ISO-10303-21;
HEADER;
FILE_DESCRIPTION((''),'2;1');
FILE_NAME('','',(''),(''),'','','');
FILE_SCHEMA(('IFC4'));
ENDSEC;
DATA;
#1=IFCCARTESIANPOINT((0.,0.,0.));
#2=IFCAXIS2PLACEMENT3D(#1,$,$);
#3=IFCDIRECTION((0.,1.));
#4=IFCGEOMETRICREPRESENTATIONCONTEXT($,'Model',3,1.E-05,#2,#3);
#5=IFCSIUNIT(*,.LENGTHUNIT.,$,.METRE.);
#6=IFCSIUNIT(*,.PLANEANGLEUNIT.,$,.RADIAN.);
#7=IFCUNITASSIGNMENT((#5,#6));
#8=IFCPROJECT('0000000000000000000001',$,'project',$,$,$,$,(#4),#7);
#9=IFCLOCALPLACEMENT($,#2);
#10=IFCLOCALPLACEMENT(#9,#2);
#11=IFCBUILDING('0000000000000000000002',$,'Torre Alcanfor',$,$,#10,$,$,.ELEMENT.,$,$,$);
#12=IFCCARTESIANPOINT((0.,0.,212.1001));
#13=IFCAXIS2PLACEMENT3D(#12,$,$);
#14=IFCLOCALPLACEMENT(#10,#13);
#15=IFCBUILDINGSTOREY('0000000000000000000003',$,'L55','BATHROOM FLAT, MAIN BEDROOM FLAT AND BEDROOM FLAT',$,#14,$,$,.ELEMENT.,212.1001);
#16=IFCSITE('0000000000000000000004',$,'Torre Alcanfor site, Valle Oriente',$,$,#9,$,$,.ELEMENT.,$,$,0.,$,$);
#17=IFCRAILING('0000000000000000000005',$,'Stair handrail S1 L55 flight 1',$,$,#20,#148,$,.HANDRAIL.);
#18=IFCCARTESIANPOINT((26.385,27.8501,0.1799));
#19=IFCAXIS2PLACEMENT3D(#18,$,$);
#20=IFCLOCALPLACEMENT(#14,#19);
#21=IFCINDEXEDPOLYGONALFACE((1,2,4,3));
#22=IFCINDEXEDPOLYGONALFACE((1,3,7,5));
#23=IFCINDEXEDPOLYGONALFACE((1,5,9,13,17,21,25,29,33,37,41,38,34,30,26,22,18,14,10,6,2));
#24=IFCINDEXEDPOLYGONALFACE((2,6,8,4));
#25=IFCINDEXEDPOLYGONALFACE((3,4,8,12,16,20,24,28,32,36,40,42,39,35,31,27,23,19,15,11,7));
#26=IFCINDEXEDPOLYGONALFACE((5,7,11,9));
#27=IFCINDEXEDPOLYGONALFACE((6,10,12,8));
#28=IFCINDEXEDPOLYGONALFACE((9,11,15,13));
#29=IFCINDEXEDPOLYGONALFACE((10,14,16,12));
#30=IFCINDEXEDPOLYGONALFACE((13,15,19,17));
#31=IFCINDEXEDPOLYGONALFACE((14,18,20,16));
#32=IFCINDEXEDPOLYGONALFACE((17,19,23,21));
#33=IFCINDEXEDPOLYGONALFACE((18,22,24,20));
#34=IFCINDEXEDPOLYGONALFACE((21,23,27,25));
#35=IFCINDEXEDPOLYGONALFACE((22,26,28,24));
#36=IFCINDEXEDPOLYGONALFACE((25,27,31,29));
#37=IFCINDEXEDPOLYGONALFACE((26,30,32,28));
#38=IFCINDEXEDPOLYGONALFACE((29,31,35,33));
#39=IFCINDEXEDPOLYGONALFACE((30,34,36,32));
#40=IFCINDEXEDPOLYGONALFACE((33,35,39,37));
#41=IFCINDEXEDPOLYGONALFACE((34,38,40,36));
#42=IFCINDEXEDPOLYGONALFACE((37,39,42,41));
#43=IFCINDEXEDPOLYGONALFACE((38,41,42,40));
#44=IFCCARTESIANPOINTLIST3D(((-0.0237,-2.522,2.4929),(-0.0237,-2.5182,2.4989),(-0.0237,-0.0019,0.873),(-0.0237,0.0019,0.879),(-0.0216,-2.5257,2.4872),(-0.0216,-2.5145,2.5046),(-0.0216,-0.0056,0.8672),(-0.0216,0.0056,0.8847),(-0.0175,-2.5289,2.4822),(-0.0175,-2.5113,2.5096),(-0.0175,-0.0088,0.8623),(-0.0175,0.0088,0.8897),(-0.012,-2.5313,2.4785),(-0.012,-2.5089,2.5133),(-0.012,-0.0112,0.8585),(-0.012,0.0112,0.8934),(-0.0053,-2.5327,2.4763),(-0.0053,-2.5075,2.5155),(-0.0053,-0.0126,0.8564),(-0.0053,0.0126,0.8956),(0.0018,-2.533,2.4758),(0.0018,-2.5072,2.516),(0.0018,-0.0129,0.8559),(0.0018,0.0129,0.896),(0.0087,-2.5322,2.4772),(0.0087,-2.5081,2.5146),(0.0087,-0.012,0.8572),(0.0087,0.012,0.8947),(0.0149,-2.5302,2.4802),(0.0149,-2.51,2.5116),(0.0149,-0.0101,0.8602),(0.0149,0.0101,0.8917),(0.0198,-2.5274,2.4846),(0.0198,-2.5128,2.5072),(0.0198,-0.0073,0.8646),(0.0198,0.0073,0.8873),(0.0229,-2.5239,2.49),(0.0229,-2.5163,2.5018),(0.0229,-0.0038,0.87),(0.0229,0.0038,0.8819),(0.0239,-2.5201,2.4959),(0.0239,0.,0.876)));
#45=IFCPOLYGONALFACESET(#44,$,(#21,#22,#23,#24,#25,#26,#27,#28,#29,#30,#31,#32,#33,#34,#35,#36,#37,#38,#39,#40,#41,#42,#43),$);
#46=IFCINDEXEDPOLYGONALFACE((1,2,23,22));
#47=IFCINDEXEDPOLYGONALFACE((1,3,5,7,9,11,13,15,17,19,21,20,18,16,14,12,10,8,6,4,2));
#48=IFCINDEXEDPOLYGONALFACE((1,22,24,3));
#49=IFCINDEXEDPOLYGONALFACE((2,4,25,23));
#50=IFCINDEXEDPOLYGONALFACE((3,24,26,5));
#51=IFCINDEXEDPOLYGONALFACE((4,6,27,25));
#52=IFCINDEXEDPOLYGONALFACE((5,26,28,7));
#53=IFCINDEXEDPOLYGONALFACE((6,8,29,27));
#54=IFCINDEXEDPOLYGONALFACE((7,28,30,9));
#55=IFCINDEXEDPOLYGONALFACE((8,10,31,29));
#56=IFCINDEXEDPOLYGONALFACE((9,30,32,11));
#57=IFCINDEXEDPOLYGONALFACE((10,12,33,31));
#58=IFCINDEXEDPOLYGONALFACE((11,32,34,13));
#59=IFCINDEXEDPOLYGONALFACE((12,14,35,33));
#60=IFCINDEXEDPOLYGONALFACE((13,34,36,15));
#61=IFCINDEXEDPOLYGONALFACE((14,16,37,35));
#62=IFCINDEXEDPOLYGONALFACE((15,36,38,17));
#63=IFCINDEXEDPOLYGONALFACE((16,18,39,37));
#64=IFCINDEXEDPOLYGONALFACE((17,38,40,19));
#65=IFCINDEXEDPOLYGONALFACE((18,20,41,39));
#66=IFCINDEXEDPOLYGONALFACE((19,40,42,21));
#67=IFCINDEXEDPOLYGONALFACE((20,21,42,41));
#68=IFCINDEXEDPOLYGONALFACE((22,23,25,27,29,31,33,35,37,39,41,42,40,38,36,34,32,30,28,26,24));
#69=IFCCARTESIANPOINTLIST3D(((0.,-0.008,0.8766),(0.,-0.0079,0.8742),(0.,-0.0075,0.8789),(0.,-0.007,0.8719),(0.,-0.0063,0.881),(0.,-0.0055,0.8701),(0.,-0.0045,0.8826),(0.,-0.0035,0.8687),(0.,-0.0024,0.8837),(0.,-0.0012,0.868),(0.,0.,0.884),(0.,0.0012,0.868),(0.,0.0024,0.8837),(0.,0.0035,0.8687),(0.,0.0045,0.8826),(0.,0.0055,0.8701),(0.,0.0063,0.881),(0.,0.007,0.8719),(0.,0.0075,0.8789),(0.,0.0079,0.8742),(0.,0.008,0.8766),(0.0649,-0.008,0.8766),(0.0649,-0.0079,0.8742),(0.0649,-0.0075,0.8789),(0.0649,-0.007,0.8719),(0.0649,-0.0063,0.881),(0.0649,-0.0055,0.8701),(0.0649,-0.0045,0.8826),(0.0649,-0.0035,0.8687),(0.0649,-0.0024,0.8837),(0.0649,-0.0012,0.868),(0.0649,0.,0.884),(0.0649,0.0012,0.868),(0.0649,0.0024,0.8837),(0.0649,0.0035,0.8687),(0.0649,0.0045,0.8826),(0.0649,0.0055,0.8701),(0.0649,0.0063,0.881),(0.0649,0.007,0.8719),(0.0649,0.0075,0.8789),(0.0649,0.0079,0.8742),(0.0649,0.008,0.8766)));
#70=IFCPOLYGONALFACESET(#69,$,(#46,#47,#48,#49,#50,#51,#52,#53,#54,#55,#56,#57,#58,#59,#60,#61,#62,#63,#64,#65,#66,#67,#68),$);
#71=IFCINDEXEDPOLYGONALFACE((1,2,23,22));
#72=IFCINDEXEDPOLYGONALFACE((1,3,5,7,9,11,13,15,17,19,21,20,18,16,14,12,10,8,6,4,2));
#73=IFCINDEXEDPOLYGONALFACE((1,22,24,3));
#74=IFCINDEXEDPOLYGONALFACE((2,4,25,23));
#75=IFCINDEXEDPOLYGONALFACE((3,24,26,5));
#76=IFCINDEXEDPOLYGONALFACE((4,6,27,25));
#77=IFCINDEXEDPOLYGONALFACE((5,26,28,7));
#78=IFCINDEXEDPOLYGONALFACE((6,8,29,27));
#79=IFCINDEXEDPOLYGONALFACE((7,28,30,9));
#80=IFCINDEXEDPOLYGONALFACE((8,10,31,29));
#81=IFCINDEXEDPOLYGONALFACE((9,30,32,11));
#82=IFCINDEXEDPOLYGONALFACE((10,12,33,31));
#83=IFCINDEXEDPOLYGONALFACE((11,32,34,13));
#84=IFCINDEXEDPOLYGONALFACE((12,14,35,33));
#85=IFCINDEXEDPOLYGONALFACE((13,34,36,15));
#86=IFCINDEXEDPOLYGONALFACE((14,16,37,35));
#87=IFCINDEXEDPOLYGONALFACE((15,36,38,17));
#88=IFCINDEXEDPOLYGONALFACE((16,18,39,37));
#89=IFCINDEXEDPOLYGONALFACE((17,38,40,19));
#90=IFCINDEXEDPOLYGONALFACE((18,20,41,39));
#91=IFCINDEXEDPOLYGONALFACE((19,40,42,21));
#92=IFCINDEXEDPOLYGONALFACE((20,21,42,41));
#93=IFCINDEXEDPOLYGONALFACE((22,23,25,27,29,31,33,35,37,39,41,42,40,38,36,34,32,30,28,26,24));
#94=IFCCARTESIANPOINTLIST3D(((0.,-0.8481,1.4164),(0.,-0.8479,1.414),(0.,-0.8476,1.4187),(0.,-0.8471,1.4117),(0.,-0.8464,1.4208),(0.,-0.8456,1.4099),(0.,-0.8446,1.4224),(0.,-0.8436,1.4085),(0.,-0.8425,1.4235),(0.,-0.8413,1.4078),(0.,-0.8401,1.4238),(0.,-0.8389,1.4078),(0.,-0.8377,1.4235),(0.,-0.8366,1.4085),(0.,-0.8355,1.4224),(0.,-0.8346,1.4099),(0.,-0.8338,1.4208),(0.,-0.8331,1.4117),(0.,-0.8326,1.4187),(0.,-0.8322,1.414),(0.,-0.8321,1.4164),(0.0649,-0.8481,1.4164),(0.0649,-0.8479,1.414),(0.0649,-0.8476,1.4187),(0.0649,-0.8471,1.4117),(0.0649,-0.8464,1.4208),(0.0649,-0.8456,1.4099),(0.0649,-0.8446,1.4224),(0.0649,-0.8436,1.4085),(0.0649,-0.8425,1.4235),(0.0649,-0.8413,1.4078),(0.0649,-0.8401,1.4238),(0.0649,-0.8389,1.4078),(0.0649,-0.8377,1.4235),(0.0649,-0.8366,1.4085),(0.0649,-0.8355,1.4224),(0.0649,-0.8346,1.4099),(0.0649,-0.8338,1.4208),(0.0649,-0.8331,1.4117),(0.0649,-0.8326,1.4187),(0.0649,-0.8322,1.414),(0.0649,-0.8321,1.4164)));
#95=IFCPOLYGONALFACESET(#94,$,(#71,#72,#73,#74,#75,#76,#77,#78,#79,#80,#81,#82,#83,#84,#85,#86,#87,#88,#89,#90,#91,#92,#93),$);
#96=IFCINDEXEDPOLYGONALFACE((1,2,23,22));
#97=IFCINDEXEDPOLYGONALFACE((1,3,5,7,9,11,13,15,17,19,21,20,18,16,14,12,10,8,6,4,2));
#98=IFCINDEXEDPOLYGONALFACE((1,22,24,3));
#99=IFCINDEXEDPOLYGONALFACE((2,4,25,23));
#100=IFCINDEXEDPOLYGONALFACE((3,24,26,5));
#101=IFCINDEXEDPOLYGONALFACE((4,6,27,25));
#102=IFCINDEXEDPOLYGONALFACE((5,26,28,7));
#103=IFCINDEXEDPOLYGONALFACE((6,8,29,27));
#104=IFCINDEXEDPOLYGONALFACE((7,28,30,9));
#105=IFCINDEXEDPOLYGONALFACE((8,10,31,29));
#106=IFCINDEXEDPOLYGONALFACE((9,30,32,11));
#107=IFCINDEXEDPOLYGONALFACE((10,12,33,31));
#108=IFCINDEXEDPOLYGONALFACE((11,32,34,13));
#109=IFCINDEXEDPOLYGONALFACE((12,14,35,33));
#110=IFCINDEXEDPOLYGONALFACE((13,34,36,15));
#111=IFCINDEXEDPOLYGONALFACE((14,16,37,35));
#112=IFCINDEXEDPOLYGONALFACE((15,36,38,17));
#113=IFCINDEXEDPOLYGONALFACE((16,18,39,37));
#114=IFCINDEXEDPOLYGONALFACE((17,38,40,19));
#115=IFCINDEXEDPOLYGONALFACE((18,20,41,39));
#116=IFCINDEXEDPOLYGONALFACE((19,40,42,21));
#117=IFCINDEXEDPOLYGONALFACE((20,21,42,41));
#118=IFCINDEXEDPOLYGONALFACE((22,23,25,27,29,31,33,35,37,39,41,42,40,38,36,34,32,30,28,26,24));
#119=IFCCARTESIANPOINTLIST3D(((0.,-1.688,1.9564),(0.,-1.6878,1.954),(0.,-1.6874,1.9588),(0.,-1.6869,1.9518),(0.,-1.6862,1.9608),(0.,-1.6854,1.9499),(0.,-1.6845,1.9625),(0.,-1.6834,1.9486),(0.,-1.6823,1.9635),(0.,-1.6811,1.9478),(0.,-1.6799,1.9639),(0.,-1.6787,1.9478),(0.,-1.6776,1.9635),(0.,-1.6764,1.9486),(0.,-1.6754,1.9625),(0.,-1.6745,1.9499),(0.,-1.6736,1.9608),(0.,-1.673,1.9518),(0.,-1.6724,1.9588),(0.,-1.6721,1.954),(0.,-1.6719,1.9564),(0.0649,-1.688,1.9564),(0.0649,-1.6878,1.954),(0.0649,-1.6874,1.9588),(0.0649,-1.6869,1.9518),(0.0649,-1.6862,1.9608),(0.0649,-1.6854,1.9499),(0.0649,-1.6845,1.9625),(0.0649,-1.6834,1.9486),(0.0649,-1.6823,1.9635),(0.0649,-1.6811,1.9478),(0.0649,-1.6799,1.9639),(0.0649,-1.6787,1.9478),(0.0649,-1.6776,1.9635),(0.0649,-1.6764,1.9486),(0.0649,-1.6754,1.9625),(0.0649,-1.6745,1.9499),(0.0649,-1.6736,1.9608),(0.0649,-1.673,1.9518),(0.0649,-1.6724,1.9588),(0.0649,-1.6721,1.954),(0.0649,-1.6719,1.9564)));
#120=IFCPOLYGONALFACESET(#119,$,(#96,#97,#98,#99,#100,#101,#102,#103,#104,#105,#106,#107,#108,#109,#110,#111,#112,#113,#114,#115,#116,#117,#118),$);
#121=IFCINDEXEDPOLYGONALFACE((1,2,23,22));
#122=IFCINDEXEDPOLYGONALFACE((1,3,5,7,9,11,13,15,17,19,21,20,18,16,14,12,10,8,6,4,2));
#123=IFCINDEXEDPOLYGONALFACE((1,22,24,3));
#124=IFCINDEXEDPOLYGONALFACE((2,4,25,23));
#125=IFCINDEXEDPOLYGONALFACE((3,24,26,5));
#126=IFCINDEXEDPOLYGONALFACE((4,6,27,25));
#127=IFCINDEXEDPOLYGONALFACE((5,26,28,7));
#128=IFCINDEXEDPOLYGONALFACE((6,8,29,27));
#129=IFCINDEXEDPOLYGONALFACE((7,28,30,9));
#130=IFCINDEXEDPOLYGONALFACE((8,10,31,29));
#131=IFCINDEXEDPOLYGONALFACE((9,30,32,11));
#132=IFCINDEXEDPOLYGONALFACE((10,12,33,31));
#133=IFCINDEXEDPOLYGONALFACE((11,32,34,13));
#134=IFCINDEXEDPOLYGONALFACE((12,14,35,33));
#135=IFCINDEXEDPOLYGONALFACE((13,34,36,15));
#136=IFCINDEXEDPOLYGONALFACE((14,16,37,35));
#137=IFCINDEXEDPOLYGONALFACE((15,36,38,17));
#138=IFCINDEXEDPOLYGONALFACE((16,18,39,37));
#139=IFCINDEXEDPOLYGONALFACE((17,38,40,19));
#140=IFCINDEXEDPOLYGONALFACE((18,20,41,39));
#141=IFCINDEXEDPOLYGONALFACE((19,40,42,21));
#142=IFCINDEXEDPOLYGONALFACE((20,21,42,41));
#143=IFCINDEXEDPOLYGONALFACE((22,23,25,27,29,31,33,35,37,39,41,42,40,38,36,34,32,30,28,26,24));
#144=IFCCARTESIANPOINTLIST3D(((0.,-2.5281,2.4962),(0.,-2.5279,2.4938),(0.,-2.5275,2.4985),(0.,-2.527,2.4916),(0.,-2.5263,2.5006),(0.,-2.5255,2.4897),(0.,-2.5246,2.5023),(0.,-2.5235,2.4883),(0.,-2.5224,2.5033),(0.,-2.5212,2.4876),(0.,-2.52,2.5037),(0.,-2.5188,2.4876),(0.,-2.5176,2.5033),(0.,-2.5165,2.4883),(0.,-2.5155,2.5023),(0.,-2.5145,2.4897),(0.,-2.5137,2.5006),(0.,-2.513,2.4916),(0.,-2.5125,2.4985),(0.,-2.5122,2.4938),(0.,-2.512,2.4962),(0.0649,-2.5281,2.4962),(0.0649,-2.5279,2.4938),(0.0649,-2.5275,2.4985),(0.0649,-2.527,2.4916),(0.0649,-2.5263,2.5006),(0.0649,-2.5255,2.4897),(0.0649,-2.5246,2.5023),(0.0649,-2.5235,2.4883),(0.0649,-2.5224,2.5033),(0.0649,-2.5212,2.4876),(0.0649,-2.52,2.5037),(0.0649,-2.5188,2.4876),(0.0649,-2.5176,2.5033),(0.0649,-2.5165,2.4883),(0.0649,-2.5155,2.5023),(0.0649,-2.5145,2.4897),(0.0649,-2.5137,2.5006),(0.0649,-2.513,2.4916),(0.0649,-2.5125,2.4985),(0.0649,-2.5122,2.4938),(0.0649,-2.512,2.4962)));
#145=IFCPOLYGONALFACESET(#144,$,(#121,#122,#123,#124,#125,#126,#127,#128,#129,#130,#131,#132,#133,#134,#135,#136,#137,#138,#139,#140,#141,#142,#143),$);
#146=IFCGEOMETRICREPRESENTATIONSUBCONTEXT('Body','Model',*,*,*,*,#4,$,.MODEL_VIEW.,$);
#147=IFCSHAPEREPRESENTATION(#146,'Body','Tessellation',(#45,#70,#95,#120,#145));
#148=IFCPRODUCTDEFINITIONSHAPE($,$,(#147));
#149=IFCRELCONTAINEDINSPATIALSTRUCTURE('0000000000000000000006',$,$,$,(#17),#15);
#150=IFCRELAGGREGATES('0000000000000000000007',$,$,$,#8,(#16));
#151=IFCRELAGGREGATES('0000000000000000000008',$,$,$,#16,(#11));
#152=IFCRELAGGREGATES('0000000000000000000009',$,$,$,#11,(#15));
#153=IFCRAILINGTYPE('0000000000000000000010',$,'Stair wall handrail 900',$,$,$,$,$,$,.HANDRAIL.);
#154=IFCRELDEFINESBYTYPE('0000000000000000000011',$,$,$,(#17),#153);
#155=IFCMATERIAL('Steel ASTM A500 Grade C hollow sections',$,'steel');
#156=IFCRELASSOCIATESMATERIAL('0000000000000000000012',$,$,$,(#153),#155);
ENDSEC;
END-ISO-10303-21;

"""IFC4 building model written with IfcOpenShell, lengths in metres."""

from ifc_helpers import new_model, si_unit, direction, frame, origin, origin_2d, place, context, subcontext, project, spatial, circle, extrude, material, type_object, element, save


model = new_model("IFC4")

# Units and contexts
model_context = context("Model", 3, precision=1e-05, world=origin(), true_north=direction((0.0, 1.0)))
body_context = subcontext(model_context, "Body", "Model", "MODEL_VIEW")
ifc_project = project(units=[si_unit("LENGTHUNIT", "METRE"), si_unit("PLANEANGLEUNIT", "RADIAN")], contexts=[model_context])

# Site, building, storey
site_placement = place(None, origin())
site = spatial("IfcSite", under=ifc_project, at=site_placement, Name="Torre Alcanfor site, Valle Oriente", CompositionType="ELEMENT", RefElevation=0.0)
building_placement = place(site_placement, origin())
building = spatial("IfcBuilding", under=site, at=building_placement, Name="Torre Alcanfor", CompositionType="ELEMENT")
storey_placement = place(building_placement, frame((0.0, 0.0, 212.1001)))
storey = spatial("IfcBuildingStorey", under=building, at=storey_placement, Name="L55", Description="BATHROOM FLAT, MAIN BEDROOM FLAT AND BEDROOM FLAT", CompositionType="ELEMENT", Elevation=212.1001)

# Railing
ifc_material_1 = material(Name="Steel ASTM A500 Grade C hollow sections", Category="steel")
railing_type = type_object("IfcRailingType", Name="Stair wall handrail 900", PredefinedType="HANDRAIL", material=ifc_material_1)
railing_placement = place(storey_placement, frame((26.385, 27.8501, 0.1799)))
element("IfcRailing", 1, at=railing_placement, inside=storey, type_object=railing_type, Name="Stair handrail S1 L55 flight 1", PredefinedType="HANDRAIL", context=body_context, shape_type="SweptSolid", body=[
    extrude(circle(Radius=0.0239, at=origin_2d()), frame((0.0, 0.0, 0.876), z_axis=(0.0, -0.8412, 0.540725), x_axis=(1.0, 0.0, 0.0)), (0.0, 0.0, 1.0), 2.9958),
    extrude(circle(Radius=0.0081, at=origin_2d()), frame((0.0, 0.0, 0.876), z_axis=(1.0, 0.0, 0.0), x_axis=(0.0, 0.0, 1.0)), (0.0, 0.0, 1.0), 0.0649),
    extrude(circle(Radius=0.0081, at=origin_2d()), frame((0.0, -0.8401, 1.4158), z_axis=(1.0, 0.0, 0.0), x_axis=(0.0, 0.0, 1.0)), (0.0, 0.0, 1.0), 0.0649),
    extrude(circle(Radius=0.0081, at=origin_2d()), frame((0.0, -1.6799, 1.9558), z_axis=(1.0, 0.0, 0.0), x_axis=(0.0, 0.0, 1.0)), (0.0, 0.0, 1.0), 0.0649),
    extrude(circle(Radius=0.0081, at=origin_2d()), frame((0.0, -2.52, 2.4956), z_axis=(1.0, 0.0, 0.0), x_axis=(0.0, 0.0, 1.0)), (0.0, 0.0, 1.0), 0.0649),
])

save(model, "model.ifc")
